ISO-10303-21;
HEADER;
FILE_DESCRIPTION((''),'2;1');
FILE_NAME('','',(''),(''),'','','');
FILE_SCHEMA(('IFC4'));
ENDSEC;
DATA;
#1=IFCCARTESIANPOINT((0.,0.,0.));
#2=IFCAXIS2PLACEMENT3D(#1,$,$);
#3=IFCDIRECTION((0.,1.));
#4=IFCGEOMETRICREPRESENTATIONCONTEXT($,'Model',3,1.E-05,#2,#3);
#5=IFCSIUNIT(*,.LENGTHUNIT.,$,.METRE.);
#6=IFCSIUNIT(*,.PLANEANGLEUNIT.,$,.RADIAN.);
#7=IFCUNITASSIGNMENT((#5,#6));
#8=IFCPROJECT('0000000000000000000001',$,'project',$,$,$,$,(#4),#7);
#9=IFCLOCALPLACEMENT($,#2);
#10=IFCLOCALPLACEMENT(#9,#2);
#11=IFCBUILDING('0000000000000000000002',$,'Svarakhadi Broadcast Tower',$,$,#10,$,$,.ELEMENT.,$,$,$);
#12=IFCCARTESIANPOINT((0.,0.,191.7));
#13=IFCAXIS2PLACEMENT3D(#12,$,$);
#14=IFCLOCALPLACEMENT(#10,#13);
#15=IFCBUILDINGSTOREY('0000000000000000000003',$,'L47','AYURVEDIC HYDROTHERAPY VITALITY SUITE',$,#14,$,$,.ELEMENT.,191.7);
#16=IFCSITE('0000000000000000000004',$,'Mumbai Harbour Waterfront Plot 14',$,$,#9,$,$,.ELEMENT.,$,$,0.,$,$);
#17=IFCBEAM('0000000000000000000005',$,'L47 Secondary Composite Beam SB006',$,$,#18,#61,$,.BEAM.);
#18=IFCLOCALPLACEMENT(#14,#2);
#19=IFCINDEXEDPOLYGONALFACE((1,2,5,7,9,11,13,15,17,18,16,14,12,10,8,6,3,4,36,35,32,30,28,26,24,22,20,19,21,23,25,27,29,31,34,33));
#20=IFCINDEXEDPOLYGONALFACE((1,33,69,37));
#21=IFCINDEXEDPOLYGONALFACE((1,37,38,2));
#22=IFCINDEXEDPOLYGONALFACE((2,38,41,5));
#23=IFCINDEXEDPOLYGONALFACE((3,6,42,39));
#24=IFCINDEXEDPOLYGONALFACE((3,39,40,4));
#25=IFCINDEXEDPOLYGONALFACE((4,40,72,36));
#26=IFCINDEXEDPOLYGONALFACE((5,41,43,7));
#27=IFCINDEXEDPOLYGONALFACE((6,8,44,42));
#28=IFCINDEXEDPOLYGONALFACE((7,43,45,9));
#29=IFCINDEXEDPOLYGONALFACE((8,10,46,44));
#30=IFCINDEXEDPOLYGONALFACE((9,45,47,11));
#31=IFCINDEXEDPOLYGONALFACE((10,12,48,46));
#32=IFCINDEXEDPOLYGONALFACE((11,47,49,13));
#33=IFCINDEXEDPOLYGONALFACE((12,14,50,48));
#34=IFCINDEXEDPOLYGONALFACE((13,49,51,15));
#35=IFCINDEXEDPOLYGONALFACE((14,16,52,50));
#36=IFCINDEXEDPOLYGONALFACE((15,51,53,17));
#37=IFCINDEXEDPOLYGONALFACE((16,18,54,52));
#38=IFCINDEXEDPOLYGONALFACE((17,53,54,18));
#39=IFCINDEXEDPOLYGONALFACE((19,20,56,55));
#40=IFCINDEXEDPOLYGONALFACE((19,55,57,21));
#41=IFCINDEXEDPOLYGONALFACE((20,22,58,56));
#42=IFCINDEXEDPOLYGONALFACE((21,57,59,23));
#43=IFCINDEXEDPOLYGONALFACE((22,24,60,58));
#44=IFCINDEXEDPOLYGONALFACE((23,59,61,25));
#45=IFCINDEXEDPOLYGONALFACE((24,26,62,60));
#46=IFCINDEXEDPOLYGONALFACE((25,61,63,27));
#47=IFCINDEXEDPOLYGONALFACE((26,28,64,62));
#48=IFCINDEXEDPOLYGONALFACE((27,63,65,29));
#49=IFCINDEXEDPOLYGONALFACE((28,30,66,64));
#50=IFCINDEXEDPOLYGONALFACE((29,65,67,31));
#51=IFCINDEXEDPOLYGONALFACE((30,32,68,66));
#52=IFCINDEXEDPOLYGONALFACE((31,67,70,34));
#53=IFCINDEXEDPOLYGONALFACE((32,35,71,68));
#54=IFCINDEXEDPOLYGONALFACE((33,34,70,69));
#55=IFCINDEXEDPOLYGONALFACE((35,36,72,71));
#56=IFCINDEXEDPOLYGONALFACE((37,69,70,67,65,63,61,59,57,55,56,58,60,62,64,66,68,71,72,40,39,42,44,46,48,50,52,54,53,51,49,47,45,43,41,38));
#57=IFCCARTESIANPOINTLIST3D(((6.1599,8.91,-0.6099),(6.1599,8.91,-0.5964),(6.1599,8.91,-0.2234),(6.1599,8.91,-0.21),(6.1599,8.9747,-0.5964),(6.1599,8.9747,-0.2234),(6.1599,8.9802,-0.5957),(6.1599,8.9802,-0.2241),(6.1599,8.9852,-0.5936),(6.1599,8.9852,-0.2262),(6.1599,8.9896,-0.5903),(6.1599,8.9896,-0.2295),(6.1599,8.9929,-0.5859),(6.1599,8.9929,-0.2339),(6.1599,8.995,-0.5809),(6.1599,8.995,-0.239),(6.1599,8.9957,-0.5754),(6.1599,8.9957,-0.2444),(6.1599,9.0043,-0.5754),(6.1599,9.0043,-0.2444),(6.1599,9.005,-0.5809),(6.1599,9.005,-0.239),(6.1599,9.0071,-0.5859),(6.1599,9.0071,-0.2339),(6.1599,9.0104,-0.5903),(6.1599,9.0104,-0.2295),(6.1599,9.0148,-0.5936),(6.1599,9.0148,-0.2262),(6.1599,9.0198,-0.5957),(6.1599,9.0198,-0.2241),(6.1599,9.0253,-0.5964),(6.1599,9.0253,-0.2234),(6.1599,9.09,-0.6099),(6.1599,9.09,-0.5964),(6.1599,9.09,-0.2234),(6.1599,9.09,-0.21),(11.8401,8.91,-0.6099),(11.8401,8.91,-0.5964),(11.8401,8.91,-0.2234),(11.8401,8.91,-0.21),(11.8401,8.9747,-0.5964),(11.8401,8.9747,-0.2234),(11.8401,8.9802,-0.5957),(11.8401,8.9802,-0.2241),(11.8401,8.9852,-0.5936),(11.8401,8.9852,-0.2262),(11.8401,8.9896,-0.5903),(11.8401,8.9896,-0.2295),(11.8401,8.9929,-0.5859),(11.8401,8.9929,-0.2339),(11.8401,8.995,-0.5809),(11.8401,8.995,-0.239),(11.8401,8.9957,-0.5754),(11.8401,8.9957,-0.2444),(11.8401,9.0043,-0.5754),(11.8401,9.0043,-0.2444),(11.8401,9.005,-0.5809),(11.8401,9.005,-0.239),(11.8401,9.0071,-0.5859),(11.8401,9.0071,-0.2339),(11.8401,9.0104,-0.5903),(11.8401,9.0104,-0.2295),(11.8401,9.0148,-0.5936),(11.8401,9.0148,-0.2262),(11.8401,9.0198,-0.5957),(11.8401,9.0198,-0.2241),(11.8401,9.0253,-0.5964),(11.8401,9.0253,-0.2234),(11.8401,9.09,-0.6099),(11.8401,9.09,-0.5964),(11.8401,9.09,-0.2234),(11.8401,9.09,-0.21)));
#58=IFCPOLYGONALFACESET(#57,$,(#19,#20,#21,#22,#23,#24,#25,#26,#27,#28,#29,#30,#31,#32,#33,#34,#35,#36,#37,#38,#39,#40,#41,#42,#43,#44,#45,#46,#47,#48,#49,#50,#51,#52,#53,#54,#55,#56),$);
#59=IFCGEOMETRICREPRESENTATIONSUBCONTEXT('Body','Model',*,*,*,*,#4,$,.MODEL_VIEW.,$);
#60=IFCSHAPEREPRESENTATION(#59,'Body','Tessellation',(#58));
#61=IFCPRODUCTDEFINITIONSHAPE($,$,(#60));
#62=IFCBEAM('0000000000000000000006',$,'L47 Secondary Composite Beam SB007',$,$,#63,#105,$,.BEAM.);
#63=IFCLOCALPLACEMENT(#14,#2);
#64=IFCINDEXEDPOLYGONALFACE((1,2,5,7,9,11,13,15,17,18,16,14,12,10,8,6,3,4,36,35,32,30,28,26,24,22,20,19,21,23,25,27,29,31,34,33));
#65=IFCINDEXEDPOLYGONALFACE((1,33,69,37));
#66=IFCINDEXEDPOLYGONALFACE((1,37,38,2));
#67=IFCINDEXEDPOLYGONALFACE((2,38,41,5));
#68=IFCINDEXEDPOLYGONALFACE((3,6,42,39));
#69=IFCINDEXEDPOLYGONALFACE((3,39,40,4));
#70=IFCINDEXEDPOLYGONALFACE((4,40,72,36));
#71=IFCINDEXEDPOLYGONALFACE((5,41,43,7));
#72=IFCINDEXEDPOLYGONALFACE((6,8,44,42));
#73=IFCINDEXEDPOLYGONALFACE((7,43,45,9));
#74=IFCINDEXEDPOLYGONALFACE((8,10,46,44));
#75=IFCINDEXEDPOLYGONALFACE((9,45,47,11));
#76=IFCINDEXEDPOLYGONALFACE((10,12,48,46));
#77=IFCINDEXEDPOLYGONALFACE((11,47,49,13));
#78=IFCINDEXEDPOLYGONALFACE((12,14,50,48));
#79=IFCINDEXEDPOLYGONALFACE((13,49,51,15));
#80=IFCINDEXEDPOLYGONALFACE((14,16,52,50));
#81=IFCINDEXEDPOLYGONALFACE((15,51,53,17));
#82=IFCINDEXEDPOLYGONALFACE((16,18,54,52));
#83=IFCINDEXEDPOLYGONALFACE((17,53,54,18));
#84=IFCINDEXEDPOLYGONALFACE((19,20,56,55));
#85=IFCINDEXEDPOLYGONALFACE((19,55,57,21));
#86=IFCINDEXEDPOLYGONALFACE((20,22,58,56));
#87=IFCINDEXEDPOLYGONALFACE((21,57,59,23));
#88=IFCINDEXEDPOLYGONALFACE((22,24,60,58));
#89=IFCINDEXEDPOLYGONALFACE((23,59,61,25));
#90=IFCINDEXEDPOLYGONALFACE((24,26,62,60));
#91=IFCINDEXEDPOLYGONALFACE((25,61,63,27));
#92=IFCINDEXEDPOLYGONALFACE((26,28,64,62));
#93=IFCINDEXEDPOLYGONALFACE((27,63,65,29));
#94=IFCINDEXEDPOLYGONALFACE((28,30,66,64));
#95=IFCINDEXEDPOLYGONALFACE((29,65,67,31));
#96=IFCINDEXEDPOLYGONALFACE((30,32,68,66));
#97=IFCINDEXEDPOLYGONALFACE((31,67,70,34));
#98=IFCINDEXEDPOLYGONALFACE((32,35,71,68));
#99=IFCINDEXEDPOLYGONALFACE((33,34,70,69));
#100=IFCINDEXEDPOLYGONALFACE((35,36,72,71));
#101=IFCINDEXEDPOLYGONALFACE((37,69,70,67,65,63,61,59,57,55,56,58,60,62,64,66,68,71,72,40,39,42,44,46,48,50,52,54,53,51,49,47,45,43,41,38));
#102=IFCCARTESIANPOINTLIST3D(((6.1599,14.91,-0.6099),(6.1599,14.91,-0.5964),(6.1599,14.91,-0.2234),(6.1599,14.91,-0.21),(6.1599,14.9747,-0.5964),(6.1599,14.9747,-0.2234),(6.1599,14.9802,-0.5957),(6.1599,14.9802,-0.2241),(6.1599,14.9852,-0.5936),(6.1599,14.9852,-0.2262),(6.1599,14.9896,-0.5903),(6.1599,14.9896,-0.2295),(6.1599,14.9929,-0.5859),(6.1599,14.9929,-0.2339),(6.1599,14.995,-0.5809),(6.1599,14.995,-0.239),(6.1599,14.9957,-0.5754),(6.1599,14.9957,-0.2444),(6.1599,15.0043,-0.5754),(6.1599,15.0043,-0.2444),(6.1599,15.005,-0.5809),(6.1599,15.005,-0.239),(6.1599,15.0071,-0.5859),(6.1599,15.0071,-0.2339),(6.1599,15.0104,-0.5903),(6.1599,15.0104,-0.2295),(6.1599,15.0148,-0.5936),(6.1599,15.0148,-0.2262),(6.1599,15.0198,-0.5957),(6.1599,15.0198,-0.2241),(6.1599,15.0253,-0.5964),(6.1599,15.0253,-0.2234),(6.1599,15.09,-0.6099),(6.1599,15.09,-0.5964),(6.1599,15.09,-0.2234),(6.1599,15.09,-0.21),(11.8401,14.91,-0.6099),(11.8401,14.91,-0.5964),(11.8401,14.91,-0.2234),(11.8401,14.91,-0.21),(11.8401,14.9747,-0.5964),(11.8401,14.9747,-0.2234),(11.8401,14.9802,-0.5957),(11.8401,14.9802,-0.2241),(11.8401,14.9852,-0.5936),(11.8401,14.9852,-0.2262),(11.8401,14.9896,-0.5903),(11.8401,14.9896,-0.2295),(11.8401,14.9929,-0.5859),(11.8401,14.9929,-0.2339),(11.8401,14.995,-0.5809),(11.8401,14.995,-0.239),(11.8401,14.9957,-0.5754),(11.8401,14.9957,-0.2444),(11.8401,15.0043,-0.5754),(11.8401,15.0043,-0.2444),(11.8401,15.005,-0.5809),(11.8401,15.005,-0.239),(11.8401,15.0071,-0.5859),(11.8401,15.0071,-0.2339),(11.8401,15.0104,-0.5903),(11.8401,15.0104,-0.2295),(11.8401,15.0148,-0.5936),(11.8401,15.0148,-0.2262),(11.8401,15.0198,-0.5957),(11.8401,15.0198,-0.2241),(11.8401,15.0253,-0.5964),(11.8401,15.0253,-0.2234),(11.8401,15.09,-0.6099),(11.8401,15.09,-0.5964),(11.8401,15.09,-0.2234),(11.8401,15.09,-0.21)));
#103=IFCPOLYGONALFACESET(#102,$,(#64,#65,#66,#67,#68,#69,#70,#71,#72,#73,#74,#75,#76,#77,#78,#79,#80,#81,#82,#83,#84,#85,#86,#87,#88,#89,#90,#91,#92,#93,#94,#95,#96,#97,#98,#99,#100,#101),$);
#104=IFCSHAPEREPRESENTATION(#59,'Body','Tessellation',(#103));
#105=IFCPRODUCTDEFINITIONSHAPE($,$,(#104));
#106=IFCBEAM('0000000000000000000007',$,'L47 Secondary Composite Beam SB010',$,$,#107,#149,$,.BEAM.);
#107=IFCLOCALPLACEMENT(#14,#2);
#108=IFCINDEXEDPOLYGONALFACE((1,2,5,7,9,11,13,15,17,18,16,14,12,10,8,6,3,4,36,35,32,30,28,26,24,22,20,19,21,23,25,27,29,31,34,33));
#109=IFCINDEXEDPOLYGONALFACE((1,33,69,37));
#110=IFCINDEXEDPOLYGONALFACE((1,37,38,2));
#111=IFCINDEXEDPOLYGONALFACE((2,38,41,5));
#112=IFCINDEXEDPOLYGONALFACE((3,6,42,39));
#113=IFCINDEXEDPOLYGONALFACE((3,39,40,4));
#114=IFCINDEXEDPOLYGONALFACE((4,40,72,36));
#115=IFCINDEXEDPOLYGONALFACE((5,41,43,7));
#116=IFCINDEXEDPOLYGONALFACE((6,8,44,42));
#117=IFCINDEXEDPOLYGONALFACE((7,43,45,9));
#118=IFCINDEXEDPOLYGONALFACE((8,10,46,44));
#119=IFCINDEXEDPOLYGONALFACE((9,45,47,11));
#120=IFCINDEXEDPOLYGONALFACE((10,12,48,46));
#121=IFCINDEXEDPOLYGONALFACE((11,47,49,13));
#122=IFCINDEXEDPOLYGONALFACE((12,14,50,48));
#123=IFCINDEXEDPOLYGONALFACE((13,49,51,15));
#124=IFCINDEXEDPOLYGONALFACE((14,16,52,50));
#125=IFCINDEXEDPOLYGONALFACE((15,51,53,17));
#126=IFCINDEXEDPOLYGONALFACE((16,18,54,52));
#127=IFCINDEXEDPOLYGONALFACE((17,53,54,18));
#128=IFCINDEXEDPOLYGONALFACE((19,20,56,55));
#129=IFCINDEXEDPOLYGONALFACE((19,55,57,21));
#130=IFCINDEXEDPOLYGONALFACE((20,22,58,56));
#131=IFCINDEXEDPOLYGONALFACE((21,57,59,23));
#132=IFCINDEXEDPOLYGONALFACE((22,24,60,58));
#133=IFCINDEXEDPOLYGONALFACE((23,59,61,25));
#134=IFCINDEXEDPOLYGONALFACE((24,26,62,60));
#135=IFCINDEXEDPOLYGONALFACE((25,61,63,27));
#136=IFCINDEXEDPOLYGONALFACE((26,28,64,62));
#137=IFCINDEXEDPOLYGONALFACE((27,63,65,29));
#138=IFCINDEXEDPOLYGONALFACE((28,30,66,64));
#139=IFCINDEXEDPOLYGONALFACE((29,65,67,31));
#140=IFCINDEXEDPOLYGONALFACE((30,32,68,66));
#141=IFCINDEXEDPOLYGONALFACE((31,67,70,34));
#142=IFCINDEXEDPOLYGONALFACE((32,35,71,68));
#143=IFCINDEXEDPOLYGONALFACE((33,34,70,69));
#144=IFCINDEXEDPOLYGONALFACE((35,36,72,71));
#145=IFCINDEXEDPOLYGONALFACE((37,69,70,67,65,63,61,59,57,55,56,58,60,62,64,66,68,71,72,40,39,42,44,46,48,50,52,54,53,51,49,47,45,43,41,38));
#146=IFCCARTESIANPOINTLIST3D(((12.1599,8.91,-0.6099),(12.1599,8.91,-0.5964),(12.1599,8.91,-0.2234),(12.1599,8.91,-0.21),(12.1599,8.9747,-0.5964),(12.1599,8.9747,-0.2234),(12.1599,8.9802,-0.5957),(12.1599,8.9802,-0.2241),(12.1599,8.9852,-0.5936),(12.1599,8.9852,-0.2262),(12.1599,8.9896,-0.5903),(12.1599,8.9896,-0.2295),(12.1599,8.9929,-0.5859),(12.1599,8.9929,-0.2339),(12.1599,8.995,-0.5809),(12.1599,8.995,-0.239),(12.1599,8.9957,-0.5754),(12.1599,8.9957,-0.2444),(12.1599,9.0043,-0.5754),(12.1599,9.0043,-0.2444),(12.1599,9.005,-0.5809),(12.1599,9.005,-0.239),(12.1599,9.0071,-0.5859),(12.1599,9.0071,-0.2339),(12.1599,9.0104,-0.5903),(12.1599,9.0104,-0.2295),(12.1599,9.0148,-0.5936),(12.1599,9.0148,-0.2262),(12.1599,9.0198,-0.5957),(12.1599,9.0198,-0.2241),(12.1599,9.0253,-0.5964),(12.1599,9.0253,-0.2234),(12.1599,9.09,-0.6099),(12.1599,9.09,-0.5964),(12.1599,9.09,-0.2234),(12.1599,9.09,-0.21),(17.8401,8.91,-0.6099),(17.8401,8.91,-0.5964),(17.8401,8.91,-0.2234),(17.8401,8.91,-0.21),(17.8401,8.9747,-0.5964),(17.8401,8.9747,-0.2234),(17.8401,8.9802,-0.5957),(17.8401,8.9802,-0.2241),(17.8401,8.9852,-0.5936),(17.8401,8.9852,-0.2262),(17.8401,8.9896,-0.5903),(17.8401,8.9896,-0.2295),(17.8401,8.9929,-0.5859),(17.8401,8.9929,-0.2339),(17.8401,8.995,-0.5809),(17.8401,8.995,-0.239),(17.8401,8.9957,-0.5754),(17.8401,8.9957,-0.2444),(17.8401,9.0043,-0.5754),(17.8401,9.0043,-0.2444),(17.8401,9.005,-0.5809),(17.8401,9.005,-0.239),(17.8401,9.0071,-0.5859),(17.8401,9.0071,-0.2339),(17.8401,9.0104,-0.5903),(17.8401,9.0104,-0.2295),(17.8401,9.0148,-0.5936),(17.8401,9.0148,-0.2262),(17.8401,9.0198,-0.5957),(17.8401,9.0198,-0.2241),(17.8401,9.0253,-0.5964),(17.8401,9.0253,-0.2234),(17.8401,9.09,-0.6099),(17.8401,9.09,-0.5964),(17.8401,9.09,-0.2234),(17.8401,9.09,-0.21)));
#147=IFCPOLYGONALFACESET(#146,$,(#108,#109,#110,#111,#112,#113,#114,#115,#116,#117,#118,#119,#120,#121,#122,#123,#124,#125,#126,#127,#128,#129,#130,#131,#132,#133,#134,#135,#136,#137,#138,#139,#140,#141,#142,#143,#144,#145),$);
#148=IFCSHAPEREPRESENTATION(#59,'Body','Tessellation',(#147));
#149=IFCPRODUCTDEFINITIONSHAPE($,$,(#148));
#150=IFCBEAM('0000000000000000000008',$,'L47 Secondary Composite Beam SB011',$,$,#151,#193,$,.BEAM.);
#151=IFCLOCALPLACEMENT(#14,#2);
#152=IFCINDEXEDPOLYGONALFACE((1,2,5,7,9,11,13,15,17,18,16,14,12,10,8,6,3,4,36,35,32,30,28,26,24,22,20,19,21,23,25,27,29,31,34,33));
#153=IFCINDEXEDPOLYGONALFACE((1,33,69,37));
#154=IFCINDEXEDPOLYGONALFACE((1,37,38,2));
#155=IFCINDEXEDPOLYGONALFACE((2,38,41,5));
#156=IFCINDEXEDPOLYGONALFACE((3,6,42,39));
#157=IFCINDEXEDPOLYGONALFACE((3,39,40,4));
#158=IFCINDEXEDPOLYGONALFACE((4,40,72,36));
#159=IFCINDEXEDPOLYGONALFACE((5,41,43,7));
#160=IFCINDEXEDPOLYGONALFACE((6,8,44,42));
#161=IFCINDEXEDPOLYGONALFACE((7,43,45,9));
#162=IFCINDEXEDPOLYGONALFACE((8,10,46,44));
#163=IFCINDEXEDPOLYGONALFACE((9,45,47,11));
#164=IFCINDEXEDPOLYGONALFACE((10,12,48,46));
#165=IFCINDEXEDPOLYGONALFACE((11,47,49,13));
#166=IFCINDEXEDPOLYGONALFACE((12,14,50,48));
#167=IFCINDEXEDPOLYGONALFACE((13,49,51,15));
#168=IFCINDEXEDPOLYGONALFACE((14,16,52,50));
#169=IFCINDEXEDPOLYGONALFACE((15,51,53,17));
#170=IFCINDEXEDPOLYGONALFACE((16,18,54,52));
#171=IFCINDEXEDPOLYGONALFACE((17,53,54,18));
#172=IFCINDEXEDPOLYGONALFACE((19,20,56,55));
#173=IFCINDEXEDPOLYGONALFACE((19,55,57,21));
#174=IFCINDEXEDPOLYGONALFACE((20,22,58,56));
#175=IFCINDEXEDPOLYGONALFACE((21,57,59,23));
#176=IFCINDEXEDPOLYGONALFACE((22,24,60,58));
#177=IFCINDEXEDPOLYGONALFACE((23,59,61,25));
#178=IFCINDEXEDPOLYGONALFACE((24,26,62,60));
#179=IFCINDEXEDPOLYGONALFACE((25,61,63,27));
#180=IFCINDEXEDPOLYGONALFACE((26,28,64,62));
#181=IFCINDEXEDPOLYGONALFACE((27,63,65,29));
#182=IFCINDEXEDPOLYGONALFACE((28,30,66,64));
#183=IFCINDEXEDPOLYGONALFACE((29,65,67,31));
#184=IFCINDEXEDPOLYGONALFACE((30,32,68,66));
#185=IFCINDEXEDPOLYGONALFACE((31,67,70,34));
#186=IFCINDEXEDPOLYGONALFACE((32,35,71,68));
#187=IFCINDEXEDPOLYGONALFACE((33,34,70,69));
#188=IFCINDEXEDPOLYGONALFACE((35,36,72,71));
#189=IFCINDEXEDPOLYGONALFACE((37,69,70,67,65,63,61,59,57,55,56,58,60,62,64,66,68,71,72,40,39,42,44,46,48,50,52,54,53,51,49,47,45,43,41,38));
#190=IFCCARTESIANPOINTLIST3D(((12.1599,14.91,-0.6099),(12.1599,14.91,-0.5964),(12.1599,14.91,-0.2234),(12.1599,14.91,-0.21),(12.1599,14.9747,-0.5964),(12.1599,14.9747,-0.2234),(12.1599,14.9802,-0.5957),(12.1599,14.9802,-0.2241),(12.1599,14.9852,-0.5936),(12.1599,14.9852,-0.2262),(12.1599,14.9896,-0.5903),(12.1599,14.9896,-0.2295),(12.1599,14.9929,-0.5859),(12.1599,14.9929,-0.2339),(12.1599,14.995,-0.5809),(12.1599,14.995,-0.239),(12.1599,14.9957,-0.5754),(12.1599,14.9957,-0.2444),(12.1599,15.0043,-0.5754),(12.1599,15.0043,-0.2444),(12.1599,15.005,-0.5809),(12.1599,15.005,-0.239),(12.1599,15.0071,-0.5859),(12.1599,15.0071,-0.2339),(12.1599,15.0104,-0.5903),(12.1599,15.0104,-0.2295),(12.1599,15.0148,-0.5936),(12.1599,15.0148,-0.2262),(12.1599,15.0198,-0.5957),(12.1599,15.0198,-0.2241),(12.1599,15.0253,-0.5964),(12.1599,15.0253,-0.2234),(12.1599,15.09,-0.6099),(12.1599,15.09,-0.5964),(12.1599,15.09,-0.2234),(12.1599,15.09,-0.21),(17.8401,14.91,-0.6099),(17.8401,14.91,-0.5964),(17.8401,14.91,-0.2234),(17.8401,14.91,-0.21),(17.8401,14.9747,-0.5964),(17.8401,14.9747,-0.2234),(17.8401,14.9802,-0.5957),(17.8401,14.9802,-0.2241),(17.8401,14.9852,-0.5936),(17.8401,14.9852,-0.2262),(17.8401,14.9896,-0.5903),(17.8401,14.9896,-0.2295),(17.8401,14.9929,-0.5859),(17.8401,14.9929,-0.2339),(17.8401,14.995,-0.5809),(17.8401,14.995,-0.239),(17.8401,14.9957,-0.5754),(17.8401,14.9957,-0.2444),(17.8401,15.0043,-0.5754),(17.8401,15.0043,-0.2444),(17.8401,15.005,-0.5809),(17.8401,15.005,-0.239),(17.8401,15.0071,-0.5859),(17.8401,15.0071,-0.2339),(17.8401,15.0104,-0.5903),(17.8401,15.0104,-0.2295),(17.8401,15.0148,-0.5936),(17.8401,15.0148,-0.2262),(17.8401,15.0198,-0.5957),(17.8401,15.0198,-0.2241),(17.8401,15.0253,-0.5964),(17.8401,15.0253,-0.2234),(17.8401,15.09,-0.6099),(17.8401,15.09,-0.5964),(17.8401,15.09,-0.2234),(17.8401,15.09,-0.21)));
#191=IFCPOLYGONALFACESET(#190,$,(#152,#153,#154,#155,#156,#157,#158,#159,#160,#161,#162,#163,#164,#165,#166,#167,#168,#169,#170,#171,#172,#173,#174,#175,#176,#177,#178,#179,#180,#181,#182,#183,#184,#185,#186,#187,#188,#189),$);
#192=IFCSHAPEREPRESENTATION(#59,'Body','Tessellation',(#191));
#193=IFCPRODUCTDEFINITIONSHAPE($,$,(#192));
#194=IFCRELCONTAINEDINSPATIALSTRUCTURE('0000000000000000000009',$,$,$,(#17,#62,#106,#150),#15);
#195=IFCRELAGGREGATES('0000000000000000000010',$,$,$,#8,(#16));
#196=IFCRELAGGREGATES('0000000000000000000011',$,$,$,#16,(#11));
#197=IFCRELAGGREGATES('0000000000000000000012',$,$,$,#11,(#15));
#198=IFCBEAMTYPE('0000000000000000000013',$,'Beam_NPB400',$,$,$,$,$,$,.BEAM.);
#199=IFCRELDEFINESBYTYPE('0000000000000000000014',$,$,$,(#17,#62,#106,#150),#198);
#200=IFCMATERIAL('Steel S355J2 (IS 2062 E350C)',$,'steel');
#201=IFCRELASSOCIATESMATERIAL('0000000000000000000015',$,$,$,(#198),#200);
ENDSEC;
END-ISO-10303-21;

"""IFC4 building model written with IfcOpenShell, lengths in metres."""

from ifc_helpers import new_model, si_unit, direction, frame, origin, origin_2d, place, context, subcontext, project, spatial, i_section, extrude, material, material_profile, profile_set, type_object, element, save


model = new_model("IFC4")

# Units and contexts
model_context = context("Model", 3, precision=1e-05, world=origin(), true_north=direction((0.0, 1.0)))
body_context = subcontext(model_context, "Body", "Model", "MODEL_VIEW")
ifc_project = project(units=[si_unit("LENGTHUNIT", "METRE"), si_unit("PLANEANGLEUNIT", "RADIAN")], contexts=[model_context])

# Site, building, storey
site_placement = place(None, origin())
site = spatial("IfcSite", under=ifc_project, at=site_placement, Name="Mumbai Harbour Waterfront Plot 14", CompositionType="ELEMENT", RefElevation=0.0)
building_placement = place(site_placement, origin())
building = spatial("IfcBuilding", under=site, at=building_placement, Name="Svarakhadi Broadcast Tower", CompositionType="ELEMENT")
storey_placement = place(building_placement, frame((0.0, 0.0, 191.7)))
storey = spatial("IfcBuildingStorey", under=building, at=storey_placement, Name="L47", Description="AYURVEDIC HYDROTHERAPY VITALITY SUITE", CompositionType="ELEMENT", Elevation=191.7)

# Beams
ifc_material_1 = material(Name="Steel S355J2 (IS 2062 E350C)", Category="steel")
ifc_material_profile_1 = material_profile(ifc_material_1, i_section(OverallWidth=0.1799, OverallDepth=0.3999, WebThickness=0.0085, FlangeThickness=0.0134, FilletRadius=0.021, at=origin_2d()), Name="NPB 400x180x66")
ifc_profile_set_1 = profile_set([ifc_material_profile_1], Name="Steel S355J2 (IS 2062 E350C)")
beam_type_1 = type_object("IfcBeamType", Name="Beam_NPB400", PredefinedType="BEAM", material=ifc_profile_set_1)
for number, where, z_axis, x_axis, name in (
    (1, (6.1599, 9.0, -0.4099), (1.0, 0.0, 0.0), (0.0, 1.0, 0.0), "L47 Secondary Composite Beam SB006"),
    (2, (6.1599, 15.0, -0.4099), (1.0, 0.0, 0.0), (0.0, 1.0, 0.0), "L47 Secondary Composite Beam SB007"),
    (3, (12.1599, 9.0, -0.4099), (1.0, 0.0, 0.0), (0.0, 1.0, 0.0), "L47 Secondary Composite Beam SB010"),
    (4, (12.1599, 15.0, -0.4099), (1.0, 0.0, 0.0), (0.0, 1.0, 0.0), "L47 Secondary Composite Beam SB011"),
):
    element("IfcBeam", number, at=place(storey_placement, frame(where, z_axis=z_axis, x_axis=x_axis)), inside=storey, type_object=beam_type_1, Name=name, PredefinedType="BEAM", context=body_context, shape_type="SweptSolid", body=[
        extrude(i_section(OverallWidth=0.1799, OverallDepth=0.3999, WebThickness=0.0085, FlangeThickness=0.0134, FilletRadius=0.021, at=origin_2d()), origin(), (0.0, 0.0, 1.0), 5.6802),
    ])

save(model, "model.ifc")
